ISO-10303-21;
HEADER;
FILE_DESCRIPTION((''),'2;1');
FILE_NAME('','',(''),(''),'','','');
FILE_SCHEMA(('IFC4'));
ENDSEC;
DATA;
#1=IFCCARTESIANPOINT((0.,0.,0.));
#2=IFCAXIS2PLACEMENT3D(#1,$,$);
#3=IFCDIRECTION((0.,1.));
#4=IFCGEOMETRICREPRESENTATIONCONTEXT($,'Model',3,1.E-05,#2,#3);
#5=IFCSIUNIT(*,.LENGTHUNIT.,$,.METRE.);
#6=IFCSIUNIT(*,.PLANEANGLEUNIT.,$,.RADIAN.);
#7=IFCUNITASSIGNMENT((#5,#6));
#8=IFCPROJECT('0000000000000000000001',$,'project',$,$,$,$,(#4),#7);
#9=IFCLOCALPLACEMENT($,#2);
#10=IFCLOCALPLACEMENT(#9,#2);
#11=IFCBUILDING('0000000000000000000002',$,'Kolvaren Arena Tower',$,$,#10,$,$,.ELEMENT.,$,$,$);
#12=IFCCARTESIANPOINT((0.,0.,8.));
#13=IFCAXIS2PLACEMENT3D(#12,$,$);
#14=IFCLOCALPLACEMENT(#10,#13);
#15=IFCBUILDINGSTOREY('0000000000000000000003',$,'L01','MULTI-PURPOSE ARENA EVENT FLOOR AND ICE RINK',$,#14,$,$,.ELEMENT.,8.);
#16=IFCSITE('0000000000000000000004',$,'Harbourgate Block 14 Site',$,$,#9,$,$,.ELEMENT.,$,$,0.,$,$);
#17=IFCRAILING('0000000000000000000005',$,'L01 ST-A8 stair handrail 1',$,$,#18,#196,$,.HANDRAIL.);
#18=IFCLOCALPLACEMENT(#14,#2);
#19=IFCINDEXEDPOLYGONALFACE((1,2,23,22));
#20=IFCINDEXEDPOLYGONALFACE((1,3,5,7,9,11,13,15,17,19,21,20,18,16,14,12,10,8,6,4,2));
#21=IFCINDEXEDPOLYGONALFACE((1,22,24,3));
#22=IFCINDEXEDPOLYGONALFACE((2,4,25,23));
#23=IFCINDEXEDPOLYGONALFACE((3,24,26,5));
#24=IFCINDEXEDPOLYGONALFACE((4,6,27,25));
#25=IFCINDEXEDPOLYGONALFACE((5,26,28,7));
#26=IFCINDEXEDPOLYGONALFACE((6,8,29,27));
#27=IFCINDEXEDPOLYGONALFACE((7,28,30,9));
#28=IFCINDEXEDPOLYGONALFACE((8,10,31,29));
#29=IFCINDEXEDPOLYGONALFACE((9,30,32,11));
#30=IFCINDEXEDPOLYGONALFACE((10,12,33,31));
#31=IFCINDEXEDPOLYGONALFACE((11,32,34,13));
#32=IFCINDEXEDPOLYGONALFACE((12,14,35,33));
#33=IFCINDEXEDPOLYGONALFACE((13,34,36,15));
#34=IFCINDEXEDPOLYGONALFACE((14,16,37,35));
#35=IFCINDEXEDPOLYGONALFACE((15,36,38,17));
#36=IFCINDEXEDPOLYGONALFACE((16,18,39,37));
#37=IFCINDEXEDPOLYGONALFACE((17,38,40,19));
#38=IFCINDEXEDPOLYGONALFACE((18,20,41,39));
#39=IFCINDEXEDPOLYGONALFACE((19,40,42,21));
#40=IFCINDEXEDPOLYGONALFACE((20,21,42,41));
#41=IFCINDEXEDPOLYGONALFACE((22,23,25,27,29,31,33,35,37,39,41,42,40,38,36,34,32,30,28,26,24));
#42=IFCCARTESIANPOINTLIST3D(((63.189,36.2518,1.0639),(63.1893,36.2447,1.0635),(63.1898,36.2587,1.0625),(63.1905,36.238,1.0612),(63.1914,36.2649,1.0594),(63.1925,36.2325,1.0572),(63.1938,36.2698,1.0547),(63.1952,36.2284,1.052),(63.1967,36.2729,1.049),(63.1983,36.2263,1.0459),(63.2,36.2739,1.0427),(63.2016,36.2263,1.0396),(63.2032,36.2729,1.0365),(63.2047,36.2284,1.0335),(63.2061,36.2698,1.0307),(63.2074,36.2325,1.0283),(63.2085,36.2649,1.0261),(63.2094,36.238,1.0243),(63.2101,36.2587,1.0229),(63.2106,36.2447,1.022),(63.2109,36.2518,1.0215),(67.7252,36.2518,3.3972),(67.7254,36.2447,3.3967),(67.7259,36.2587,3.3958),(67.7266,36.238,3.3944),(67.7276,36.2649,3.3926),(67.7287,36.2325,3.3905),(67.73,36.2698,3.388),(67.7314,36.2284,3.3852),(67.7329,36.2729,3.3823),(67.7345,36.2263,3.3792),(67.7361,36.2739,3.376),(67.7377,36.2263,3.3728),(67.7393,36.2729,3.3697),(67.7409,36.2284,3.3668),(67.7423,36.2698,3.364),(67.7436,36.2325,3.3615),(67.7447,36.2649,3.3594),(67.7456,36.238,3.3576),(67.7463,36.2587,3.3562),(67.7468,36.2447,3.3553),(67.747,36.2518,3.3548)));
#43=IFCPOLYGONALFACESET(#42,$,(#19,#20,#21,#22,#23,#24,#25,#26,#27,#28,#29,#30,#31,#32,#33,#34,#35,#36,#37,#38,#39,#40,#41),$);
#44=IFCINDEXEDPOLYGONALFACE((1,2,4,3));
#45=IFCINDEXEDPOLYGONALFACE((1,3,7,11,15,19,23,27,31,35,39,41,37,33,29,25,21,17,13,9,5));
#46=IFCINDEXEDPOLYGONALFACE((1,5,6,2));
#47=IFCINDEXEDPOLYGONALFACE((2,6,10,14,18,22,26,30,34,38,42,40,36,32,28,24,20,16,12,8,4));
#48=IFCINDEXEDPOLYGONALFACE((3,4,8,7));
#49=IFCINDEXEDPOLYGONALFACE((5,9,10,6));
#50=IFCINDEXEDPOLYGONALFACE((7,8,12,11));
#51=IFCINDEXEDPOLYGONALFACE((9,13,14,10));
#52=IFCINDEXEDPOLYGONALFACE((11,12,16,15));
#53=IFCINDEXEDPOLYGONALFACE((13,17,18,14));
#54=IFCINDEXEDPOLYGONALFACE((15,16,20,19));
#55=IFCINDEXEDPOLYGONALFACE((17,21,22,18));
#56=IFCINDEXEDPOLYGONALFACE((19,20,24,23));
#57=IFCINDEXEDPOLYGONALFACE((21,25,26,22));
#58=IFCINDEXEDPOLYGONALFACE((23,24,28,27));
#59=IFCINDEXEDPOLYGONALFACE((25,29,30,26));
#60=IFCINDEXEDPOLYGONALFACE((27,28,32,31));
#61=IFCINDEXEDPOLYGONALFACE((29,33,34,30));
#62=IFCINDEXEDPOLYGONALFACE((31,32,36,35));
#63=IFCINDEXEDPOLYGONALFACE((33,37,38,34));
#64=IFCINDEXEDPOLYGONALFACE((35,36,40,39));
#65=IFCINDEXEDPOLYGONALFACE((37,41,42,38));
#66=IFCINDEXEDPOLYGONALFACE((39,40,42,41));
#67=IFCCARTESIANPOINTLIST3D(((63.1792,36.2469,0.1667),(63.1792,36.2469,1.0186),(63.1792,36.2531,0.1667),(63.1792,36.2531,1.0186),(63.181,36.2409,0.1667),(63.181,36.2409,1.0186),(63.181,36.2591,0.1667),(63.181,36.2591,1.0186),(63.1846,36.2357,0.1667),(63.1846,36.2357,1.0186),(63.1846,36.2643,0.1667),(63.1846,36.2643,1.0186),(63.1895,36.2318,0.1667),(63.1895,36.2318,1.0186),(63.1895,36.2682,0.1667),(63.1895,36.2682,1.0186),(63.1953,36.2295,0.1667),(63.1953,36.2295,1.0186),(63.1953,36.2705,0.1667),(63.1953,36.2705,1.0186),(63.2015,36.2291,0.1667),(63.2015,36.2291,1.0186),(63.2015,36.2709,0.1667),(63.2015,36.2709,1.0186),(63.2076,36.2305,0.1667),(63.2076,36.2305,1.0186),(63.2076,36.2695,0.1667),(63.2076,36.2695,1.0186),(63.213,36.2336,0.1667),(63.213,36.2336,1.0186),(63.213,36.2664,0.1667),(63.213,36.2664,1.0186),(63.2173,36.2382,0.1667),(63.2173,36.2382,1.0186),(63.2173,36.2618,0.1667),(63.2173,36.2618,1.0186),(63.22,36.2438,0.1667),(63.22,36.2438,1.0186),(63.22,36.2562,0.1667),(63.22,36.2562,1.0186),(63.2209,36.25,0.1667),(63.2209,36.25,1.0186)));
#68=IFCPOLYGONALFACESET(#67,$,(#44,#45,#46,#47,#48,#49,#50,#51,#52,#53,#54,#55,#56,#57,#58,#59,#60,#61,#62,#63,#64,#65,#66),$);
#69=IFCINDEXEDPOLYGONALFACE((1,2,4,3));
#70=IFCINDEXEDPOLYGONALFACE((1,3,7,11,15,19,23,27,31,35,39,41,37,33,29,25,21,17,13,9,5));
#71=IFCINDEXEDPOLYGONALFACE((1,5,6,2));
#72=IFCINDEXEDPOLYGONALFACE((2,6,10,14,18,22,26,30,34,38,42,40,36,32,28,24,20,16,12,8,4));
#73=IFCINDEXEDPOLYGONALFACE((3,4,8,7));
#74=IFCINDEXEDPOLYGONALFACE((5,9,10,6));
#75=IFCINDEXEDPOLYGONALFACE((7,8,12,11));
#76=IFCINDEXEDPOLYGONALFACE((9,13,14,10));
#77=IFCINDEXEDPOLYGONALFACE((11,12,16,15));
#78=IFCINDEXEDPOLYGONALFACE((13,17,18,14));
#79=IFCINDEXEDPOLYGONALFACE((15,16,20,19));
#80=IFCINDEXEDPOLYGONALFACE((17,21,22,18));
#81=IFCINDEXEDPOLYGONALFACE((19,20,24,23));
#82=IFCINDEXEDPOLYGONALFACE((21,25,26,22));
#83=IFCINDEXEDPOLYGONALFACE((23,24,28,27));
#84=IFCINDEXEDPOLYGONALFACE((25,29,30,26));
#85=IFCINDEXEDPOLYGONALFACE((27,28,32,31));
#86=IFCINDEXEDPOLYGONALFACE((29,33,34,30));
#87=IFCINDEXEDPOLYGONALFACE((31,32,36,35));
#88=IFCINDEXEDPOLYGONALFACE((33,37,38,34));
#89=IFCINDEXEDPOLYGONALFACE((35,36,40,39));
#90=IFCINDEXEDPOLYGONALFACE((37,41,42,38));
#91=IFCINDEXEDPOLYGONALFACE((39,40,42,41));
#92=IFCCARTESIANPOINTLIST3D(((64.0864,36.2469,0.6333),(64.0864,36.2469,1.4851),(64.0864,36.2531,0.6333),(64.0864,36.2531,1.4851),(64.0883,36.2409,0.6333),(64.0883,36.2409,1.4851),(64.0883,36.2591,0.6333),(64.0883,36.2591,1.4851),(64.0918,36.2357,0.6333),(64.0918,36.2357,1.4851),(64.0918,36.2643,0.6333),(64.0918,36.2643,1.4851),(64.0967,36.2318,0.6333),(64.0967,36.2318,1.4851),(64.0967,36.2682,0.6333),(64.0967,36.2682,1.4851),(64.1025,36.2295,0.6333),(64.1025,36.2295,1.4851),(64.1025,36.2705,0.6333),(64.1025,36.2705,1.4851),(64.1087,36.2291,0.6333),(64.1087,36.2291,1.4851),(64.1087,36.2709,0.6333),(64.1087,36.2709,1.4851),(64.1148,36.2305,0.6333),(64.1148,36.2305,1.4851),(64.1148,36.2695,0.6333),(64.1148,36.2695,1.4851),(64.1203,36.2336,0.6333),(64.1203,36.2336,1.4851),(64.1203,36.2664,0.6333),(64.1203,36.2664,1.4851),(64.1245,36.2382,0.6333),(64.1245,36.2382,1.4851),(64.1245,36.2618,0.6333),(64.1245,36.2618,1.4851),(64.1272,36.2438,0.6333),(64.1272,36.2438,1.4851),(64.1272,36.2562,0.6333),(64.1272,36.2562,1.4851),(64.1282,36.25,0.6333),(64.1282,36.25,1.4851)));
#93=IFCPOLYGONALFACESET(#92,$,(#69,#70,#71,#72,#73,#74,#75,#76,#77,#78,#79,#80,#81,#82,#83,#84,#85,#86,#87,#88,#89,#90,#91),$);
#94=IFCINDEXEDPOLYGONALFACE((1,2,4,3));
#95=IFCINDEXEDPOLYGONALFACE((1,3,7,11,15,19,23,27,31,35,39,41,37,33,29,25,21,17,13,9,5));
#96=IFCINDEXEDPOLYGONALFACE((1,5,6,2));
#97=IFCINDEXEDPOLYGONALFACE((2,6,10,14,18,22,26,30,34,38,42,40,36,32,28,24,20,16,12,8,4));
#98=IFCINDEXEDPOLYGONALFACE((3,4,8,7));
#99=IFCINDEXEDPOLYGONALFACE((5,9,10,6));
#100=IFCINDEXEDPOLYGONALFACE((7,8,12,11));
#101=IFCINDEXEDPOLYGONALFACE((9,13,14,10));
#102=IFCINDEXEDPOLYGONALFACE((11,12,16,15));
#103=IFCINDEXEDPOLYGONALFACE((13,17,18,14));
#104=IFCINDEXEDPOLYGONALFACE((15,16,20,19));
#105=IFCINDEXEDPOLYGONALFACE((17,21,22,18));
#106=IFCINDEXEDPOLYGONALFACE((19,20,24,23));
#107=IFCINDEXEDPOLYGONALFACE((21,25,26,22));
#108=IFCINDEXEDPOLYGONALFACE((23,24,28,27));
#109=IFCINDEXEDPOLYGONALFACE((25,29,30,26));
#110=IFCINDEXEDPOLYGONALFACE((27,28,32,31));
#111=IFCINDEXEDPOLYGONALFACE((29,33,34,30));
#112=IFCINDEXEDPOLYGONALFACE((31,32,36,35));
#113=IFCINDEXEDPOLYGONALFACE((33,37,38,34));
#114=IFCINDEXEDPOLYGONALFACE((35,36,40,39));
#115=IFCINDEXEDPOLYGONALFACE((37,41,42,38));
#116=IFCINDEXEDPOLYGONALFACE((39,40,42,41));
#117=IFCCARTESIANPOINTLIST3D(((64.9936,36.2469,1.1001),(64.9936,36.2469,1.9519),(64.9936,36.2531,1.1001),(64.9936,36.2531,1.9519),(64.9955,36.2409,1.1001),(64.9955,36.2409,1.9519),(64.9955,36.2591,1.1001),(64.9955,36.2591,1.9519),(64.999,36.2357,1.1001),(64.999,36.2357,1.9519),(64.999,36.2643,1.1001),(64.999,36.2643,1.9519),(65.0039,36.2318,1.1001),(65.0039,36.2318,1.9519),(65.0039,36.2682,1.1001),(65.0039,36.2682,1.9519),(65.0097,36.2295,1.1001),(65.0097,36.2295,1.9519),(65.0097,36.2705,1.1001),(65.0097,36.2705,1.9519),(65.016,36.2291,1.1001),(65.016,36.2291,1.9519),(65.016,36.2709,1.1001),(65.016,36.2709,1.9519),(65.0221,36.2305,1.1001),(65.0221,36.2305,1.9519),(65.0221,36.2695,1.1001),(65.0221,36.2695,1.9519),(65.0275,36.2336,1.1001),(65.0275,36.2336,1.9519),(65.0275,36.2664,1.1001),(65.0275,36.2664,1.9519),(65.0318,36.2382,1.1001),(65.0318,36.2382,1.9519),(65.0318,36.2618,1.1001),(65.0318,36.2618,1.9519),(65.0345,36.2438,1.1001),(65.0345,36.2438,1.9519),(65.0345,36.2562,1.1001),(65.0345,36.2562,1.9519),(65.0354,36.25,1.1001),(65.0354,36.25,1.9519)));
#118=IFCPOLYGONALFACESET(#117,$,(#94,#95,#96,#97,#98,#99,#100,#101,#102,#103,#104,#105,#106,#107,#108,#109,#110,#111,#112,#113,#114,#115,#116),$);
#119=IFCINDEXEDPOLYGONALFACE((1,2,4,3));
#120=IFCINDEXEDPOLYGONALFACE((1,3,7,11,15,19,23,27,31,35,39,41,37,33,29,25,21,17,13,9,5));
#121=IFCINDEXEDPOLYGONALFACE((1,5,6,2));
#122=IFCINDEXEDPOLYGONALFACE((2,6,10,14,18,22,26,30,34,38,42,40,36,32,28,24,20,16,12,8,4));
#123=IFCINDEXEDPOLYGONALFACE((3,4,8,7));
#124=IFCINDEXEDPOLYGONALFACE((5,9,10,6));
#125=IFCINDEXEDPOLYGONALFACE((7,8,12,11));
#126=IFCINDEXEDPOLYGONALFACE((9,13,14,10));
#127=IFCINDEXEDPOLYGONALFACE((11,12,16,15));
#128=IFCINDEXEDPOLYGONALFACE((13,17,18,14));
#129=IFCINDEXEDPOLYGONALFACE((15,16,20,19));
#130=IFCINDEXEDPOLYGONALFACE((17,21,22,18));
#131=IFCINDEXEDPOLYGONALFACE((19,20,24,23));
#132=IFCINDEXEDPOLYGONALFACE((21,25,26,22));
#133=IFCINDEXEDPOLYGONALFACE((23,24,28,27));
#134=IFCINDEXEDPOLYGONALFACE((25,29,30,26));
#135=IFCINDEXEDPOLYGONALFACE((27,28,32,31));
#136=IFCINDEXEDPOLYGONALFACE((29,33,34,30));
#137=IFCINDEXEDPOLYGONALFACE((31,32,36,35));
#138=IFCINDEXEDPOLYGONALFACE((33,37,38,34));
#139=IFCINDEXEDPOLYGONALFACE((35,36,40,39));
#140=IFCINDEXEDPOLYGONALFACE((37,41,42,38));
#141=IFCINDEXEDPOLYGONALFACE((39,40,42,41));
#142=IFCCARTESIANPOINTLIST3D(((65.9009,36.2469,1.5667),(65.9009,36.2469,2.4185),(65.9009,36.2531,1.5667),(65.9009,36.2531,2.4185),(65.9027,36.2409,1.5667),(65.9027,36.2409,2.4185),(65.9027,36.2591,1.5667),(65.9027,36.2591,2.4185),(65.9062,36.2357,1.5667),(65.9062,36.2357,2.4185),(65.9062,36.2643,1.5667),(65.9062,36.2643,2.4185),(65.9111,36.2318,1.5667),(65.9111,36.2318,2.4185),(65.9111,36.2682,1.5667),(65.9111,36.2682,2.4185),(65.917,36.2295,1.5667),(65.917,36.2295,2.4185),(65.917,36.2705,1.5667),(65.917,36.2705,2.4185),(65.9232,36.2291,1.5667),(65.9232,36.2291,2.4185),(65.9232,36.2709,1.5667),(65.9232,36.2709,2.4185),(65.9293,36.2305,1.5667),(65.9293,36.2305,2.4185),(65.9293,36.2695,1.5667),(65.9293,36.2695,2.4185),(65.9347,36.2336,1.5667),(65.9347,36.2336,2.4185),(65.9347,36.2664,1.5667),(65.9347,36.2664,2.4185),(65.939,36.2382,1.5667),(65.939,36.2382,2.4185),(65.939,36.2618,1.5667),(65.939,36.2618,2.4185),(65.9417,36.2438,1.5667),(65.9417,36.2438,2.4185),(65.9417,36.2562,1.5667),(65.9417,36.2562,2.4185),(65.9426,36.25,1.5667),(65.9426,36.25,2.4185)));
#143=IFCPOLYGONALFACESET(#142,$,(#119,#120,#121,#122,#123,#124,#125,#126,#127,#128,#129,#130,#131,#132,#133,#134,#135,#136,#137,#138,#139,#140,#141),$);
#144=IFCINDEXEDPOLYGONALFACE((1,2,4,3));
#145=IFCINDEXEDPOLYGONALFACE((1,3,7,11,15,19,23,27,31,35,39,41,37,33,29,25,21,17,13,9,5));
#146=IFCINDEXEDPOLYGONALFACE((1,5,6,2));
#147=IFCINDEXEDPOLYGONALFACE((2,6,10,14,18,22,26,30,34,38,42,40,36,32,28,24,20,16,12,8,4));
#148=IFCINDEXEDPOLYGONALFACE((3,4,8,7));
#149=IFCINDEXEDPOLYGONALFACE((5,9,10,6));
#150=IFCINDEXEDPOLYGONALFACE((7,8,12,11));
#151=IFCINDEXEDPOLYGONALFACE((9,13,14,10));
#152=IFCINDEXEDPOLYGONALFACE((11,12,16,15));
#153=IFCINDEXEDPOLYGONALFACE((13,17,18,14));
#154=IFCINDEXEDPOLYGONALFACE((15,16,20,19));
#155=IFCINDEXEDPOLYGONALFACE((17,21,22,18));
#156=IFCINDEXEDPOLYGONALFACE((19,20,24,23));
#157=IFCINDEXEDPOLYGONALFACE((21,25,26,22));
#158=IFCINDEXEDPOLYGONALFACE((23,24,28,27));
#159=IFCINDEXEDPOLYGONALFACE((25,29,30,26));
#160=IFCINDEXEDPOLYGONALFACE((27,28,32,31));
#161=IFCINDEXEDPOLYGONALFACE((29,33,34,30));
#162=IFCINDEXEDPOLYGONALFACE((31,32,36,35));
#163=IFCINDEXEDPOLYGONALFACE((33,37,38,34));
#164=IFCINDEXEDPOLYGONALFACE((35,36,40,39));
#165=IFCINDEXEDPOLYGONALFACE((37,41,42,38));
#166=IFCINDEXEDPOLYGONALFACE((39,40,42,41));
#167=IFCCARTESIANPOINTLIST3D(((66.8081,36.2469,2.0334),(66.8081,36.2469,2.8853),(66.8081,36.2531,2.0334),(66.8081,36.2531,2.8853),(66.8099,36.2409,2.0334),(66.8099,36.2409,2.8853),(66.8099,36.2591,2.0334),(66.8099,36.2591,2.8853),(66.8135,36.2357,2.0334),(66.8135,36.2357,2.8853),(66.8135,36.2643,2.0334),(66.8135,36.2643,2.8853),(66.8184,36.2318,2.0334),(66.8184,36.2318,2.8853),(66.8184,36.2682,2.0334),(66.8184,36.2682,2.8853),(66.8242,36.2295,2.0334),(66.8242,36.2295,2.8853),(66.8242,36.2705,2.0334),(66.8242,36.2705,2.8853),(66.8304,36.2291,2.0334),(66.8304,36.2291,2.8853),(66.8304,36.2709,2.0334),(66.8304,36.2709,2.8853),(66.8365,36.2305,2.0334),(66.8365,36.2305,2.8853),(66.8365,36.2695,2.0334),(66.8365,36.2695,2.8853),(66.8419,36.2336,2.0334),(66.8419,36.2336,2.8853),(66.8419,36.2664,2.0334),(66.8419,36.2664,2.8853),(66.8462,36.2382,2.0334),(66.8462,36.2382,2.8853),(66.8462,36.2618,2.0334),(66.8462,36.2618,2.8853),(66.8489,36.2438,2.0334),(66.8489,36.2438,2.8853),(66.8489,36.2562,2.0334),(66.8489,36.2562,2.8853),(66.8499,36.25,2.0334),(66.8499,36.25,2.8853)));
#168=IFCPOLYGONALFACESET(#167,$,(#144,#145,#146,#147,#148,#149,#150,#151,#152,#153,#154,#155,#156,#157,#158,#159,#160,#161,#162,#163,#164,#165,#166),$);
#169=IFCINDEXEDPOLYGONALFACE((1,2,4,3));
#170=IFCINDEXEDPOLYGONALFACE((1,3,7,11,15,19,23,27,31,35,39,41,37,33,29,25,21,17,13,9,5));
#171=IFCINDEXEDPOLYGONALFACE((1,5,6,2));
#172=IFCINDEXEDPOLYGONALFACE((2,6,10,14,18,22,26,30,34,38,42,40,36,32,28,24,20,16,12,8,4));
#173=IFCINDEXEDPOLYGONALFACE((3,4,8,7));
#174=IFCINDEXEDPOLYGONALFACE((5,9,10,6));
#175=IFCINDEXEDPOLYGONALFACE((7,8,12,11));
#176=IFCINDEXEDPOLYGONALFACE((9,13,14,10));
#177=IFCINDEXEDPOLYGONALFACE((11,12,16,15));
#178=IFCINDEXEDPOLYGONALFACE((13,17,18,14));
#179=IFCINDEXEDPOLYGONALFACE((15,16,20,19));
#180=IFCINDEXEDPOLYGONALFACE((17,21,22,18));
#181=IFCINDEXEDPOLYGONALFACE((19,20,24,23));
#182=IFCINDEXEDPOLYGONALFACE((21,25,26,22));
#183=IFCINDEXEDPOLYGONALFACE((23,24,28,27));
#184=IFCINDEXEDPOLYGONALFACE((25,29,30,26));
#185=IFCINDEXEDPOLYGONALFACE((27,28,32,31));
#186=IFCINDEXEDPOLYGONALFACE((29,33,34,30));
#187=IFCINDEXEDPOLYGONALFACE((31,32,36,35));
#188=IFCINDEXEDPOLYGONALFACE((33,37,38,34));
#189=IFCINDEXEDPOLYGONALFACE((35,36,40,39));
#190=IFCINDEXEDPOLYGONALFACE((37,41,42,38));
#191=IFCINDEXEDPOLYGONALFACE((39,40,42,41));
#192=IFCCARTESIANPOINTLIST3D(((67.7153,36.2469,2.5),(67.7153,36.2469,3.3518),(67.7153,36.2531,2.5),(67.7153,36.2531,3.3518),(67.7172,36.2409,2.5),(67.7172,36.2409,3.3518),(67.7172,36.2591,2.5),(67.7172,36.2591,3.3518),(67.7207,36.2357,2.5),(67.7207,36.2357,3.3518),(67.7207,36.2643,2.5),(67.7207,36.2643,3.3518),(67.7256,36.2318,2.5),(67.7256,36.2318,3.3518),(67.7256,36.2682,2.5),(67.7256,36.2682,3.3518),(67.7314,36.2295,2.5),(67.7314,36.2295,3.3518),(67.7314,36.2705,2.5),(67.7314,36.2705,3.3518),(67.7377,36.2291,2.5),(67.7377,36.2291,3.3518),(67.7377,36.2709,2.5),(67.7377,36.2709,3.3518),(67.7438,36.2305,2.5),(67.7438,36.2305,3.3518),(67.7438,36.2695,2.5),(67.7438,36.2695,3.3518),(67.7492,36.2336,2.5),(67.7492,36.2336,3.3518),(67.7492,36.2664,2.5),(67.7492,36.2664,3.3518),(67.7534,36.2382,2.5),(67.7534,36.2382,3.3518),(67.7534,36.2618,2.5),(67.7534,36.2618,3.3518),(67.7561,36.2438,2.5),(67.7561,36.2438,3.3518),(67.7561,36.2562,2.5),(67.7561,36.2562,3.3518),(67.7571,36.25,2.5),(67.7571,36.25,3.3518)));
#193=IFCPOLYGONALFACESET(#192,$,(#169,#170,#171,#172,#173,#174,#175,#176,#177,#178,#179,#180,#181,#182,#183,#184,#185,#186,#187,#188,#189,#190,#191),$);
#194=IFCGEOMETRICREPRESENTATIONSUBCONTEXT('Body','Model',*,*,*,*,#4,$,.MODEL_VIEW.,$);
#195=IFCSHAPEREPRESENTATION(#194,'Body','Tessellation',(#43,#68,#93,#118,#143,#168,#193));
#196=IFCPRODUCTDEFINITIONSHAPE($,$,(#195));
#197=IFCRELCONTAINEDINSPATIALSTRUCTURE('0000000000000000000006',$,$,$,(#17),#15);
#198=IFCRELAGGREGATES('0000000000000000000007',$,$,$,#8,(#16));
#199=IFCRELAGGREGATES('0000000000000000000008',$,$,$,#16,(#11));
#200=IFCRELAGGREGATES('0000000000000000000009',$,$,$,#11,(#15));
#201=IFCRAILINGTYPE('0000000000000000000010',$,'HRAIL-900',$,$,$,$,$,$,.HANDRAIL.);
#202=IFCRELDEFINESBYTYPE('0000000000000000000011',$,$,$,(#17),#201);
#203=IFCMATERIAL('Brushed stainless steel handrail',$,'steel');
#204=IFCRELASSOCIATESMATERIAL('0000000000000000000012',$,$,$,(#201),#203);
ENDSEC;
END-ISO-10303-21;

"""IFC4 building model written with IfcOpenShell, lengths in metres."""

from ifc_helpers import new_model, si_unit, direction, frame, origin, origin_2d, place, context, subcontext, project, spatial, circle, extrude, material, type_object, element, save


model = new_model("IFC4")

# Units and contexts
model_context = context("Model", 3, precision=1e-05, world=origin(), true_north=direction((0.0, 1.0)))
body_context = subcontext(model_context, "Body", "Model", "MODEL_VIEW")
ifc_project = project(units=[si_unit("LENGTHUNIT", "METRE"), si_unit("PLANEANGLEUNIT", "RADIAN")], contexts=[model_context])

# Site, building, storey
site_placement = place(None, origin())
site = spatial("IfcSite", under=ifc_project, at=site_placement, Name="Harbourgate Block 14 Site", CompositionType="ELEMENT", RefElevation=0.0)
building_placement = place(site_placement, origin())
building = spatial("IfcBuilding", under=site, at=building_placement, Name="Kolvaren Arena Tower", CompositionType="ELEMENT")
storey_placement = place(building_placement, frame((0.0, 0.0, 8.0)))
storey = spatial("IfcBuildingStorey", under=building, at=storey_placement, Name="L01", Description="MULTI-PURPOSE ARENA EVENT FLOOR AND ICE RINK", CompositionType="ELEMENT", Elevation=8.0)

# Railing
ifc_material_1 = material(Name="Brushed stainless steel handrail", Category="steel")
railing_type_1 = type_object("IfcRailingType", Name="HRAIL-900", PredefinedType="HANDRAIL", material=ifc_material_1)
railing_1_placement = place(storey_placement, frame((63.2, 36.25, 0.1667)))
element("IfcRailing", 1, at=railing_1_placement, inside=storey, type_object=railing_type_1, Name="L01 ST-A8 stair handrail 1", PredefinedType="HANDRAIL", context=body_context, shape_type="SweptSolid", body=[
    extrude(circle(Radius=0.0239, at=origin_2d()), frame((0.0, 0.0, 0.876), z_axis=(0.889257, 0.0, 0.457407), x_axis=(0.0, 1.0, 0.0)), (0.0, 0.0, 1.0), 5.1011),
    extrude(circle(Radius=0.021, at=origin_2d()), origin(), (0.0, 0.0, 1.0), 0.8518),
    extrude(circle(Radius=0.021, at=origin_2d()), frame((0.9072, 0.0, 0.4666)), (0.0, 0.0, 1.0), 0.8518),
    extrude(circle(Radius=0.021, at=origin_2d()), frame((1.8145, 0.0, 0.9333)), (0.0, 0.0, 1.0), 0.8518),
    extrude(circle(Radius=0.021, at=origin_2d()), frame((2.7217, 0.0, 1.3999)), (0.0, 0.0, 1.0), 0.8518),
    extrude(circle(Radius=0.021, at=origin_2d()), frame((3.6289, 0.0, 1.8667)), (0.0, 0.0, 1.0), 0.8518),
    extrude(circle(Radius=0.021, at=origin_2d()), frame((4.5361, 0.0, 2.3333)), (0.0, 0.0, 1.0), 0.8518),
])

save(model, "model.ifc")
